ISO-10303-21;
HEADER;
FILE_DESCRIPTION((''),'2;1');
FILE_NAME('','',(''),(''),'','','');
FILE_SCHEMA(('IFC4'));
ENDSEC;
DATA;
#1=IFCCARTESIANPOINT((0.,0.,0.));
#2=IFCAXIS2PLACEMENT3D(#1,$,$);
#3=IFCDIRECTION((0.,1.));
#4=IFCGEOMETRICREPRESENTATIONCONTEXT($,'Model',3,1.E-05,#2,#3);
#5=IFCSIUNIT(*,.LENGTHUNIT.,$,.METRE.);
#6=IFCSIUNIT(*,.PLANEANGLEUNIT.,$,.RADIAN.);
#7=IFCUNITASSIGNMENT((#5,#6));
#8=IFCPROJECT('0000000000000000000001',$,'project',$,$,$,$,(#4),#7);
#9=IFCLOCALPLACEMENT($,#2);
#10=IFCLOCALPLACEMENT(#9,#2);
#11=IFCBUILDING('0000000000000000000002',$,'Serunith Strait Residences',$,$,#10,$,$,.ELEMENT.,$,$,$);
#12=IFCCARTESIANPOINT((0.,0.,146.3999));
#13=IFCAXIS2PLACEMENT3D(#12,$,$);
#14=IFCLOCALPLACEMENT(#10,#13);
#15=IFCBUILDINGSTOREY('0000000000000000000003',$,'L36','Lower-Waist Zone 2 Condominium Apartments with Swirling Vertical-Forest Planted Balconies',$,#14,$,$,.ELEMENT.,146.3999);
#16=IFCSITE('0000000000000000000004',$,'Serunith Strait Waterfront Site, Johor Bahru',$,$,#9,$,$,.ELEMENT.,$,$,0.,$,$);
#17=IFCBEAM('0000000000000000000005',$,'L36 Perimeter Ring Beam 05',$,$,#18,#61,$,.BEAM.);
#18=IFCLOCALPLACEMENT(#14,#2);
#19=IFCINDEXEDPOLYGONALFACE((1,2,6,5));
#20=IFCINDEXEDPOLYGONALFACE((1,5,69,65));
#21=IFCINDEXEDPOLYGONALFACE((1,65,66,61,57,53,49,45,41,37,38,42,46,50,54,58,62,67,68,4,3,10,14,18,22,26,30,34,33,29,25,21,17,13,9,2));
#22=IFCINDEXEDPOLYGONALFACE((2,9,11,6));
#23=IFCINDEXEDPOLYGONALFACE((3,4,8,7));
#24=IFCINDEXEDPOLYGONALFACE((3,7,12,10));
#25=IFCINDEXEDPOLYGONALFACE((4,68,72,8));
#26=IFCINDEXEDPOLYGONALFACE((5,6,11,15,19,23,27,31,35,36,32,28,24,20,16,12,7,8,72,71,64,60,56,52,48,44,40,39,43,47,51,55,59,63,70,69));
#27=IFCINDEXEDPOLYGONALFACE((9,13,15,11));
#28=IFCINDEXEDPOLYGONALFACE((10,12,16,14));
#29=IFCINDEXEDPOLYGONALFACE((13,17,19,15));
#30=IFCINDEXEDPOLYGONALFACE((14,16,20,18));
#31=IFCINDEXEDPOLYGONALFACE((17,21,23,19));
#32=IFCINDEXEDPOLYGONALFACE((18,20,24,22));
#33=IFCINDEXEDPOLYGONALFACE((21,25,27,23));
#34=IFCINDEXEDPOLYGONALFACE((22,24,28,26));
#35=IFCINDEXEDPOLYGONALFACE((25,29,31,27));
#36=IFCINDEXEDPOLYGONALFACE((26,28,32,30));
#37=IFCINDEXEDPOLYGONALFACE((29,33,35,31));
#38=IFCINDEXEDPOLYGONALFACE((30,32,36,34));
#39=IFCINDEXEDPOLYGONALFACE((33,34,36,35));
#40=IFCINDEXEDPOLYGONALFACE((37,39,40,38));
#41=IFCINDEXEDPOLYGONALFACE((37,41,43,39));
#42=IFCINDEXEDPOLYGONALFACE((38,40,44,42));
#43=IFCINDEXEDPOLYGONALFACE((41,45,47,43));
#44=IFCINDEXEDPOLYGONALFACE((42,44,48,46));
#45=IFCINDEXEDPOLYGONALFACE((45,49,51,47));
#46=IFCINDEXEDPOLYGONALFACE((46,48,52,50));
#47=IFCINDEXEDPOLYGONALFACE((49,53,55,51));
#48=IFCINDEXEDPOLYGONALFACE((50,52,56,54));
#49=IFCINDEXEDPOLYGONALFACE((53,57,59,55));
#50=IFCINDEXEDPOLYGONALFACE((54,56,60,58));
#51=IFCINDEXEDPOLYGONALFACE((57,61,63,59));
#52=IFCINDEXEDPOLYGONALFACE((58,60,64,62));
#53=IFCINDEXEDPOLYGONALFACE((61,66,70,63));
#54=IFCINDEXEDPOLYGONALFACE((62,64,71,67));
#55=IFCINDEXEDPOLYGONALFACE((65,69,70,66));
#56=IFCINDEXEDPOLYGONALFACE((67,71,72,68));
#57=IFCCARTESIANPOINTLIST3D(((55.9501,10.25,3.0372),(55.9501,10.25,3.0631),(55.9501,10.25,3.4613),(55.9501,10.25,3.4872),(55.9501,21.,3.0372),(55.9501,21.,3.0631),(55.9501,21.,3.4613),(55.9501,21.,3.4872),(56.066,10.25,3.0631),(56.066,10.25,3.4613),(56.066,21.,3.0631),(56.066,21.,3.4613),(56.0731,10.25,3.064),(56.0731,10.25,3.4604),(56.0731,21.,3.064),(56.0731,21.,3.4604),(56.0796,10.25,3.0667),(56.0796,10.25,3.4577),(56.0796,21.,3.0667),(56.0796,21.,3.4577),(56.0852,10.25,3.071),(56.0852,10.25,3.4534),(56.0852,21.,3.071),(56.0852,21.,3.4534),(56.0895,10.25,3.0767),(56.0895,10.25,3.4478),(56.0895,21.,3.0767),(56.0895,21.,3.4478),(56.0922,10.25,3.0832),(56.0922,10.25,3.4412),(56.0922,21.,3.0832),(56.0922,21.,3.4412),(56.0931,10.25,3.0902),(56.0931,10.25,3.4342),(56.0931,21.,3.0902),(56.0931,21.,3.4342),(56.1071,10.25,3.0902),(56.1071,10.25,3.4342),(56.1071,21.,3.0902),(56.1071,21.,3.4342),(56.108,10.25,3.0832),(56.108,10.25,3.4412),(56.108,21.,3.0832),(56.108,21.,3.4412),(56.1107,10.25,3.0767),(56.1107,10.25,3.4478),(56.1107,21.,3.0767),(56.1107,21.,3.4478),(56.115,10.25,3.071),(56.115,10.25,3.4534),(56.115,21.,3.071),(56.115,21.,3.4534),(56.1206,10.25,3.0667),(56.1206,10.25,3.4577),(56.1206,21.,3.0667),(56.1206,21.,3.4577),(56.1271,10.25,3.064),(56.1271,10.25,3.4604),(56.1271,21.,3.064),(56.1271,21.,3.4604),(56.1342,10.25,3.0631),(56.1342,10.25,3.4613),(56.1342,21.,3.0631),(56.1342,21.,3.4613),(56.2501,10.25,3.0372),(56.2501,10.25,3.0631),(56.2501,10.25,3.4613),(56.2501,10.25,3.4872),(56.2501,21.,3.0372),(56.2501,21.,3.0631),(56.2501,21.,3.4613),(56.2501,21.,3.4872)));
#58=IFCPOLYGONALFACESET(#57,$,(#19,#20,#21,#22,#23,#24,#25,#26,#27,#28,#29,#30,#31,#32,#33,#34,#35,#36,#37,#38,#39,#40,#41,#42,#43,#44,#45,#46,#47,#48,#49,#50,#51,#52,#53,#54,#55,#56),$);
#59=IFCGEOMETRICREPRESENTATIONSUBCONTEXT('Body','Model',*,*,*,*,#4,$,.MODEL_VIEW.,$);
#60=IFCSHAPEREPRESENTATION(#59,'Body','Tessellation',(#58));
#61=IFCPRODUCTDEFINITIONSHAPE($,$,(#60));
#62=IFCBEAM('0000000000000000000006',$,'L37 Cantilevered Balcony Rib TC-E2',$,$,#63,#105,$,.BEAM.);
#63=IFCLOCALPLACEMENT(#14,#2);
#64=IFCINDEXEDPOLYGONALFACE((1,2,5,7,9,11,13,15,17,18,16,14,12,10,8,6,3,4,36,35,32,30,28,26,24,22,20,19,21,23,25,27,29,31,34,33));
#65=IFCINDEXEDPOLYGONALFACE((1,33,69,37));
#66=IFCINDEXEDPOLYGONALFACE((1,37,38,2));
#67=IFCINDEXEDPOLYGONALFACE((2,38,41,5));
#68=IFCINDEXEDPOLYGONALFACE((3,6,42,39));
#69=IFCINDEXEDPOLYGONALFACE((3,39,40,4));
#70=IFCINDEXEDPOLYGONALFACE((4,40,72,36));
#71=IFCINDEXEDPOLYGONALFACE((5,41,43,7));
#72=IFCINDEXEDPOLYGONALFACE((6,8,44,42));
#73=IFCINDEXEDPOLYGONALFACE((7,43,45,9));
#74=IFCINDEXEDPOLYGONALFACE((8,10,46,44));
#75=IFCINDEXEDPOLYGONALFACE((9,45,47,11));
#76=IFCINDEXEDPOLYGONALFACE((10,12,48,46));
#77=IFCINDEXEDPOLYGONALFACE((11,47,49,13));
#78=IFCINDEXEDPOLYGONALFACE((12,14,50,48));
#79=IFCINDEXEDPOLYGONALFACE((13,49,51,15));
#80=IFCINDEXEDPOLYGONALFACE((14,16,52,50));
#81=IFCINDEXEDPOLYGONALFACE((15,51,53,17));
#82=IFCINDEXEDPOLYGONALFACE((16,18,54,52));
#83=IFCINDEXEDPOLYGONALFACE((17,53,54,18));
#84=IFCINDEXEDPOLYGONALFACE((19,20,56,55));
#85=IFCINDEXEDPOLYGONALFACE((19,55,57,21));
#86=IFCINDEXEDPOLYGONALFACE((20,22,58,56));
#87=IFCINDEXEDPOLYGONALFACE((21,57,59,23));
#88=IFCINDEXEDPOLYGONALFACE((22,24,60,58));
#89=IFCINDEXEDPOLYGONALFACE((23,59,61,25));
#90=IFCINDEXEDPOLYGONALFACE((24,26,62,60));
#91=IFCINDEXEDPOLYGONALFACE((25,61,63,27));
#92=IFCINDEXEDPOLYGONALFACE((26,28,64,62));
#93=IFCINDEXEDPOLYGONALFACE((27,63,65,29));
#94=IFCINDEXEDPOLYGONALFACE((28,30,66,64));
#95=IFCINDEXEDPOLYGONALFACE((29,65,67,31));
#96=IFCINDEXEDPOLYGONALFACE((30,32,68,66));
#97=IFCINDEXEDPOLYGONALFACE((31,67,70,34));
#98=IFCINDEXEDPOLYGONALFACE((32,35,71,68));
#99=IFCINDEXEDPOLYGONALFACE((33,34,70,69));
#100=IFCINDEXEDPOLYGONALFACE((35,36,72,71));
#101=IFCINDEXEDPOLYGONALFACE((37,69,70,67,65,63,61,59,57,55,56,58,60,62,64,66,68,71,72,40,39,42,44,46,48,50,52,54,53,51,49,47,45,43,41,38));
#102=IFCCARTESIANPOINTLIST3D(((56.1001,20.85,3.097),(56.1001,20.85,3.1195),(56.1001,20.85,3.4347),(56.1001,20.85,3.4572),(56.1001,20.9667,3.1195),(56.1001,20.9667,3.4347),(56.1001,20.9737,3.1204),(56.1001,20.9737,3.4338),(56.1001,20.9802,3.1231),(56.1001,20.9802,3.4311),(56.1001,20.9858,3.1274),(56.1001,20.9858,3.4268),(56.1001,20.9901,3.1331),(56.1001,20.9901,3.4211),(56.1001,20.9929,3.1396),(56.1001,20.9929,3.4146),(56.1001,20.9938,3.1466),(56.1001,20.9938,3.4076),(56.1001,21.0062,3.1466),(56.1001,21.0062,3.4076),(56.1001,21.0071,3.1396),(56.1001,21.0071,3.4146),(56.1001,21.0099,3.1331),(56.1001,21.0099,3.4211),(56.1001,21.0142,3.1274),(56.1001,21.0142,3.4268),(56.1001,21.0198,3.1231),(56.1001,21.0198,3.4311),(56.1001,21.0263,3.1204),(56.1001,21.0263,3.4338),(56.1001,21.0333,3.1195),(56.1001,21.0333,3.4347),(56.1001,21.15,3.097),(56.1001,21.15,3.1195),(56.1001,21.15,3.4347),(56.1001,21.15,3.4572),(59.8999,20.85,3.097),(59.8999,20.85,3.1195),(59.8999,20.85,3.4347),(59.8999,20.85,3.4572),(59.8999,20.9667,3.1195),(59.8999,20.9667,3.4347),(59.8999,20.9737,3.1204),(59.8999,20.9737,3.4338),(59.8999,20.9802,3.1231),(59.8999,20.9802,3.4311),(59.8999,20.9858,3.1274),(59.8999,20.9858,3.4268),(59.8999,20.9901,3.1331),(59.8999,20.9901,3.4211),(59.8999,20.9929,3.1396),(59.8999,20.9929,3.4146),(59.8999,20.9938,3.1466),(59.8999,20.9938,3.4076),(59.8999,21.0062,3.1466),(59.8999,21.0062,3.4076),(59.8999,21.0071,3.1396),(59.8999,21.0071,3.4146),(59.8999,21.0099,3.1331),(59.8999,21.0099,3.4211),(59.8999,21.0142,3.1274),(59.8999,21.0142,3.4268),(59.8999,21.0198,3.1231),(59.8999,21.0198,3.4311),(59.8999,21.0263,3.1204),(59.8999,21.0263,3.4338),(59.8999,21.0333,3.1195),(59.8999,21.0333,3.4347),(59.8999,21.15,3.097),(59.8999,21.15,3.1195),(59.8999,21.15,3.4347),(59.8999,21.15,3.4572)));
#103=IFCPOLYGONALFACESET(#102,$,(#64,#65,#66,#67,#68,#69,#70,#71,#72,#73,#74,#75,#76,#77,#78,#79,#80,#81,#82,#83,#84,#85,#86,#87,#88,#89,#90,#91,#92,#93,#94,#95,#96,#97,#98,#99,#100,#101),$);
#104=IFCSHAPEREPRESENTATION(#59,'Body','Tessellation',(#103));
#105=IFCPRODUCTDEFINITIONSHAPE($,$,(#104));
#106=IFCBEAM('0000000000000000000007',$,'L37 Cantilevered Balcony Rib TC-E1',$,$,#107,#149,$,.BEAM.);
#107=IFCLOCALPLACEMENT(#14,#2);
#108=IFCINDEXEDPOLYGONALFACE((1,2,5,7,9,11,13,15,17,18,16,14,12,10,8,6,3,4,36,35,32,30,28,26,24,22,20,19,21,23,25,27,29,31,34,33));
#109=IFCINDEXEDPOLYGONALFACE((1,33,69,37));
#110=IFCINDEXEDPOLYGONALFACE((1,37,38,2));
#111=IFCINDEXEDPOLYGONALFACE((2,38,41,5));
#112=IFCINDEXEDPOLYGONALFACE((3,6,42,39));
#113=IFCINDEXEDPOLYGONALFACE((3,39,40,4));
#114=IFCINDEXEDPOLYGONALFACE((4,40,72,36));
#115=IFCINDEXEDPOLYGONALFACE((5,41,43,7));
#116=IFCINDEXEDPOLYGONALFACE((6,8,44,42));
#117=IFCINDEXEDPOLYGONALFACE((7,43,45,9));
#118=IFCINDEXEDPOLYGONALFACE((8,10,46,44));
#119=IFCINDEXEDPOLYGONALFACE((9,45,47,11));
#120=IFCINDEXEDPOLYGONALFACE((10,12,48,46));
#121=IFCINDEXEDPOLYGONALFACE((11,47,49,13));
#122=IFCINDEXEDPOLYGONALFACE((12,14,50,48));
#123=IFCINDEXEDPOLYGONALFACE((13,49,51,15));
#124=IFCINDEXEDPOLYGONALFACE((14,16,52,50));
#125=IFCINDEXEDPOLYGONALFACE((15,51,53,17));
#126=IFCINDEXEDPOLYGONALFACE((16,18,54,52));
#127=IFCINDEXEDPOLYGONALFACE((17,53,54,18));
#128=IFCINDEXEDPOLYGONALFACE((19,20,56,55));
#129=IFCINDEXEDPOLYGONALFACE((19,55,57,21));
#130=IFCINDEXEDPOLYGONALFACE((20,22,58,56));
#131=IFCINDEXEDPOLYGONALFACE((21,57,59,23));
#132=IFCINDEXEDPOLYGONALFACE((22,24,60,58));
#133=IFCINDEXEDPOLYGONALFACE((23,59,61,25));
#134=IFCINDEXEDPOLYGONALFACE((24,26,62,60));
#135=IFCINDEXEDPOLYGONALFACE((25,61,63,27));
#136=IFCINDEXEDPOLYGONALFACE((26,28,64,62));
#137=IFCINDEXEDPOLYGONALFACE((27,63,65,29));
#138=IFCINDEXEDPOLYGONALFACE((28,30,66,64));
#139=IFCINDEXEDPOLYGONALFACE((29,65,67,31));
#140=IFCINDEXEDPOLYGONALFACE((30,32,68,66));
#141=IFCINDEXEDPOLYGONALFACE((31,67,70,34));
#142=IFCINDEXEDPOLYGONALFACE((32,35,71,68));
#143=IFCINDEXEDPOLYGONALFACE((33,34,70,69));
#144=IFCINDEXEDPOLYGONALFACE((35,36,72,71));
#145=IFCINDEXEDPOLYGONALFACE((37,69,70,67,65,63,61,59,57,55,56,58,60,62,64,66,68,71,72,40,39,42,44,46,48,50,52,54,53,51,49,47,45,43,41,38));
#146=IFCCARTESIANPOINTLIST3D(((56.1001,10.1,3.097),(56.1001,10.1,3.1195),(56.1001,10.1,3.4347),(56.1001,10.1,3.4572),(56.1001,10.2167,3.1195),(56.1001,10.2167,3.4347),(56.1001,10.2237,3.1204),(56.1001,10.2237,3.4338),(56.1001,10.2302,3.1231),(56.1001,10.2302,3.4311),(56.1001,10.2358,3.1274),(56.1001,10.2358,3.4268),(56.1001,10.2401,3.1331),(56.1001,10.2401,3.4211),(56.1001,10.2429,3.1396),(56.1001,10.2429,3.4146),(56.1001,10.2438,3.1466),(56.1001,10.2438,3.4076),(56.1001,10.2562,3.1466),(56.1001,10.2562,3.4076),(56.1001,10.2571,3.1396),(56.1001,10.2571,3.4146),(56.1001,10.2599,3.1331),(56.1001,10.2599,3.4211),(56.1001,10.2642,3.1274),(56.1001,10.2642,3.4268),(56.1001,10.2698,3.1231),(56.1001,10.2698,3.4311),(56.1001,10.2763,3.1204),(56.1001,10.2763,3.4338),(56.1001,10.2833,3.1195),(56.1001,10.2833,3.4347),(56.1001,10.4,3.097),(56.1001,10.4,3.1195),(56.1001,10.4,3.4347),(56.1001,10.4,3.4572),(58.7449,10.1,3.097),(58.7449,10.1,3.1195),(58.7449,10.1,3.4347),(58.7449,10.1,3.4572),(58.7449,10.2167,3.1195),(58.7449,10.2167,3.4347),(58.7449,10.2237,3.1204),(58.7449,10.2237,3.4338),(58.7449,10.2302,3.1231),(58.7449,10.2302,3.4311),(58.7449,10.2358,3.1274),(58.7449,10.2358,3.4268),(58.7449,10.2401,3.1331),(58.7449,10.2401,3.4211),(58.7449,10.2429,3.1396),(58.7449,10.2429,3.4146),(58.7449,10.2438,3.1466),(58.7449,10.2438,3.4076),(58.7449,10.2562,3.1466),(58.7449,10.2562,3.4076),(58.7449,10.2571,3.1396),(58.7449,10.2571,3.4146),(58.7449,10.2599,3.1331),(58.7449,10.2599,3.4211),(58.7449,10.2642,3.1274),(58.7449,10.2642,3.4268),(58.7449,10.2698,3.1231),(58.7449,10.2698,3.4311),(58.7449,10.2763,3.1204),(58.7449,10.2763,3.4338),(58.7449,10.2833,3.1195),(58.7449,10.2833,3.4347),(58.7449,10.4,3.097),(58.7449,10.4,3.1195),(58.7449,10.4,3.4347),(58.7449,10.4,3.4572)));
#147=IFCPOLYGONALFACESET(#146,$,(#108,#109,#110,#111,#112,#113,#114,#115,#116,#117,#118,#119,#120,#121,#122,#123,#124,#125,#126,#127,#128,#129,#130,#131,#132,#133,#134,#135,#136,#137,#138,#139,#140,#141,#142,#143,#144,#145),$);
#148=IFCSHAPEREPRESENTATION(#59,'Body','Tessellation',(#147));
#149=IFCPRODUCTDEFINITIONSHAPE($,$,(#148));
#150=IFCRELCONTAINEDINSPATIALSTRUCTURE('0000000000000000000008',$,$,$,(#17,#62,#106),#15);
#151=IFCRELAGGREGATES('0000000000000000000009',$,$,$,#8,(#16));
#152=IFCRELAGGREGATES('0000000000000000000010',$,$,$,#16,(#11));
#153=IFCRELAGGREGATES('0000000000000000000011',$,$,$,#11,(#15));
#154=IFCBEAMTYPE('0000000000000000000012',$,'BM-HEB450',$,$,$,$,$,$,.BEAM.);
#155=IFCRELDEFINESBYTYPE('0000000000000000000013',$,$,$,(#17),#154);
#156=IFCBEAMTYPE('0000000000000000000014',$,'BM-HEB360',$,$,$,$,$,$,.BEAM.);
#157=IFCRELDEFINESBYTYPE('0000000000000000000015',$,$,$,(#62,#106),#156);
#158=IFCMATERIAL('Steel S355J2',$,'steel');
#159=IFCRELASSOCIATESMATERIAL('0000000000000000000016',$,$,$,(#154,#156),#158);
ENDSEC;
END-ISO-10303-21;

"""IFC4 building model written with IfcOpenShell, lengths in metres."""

from ifc_helpers import new_model, si_unit, direction, frame, origin, origin_2d, place, context, subcontext, project, spatial, i_section, extrude, source, transform, mapped, material, material_profile, profile_set, type_object, element, save


model = new_model("IFC4")

# Units and contexts
model_context = context("Model", 3, precision=1e-05, world=origin(), true_north=direction((0.0, 1.0)))
body_context = subcontext(model_context, "Body", "Model", "MODEL_VIEW")
ifc_project = project(units=[si_unit("LENGTHUNIT", "METRE"), si_unit("PLANEANGLEUNIT", "RADIAN")], contexts=[model_context])

# Site, building, storey
site_placement = place(None, origin())
site = spatial("IfcSite", under=ifc_project, at=site_placement, Name="Serunith Strait Waterfront Site, Johor Bahru", CompositionType="ELEMENT", RefElevation=0.0)
building_placement = place(site_placement, origin())
building = spatial("IfcBuilding", under=site, at=building_placement, Name="Serunith Strait Residences", CompositionType="ELEMENT")
storey_placement = place(building_placement, frame((0.0, 0.0, 146.3999)))
storey = spatial("IfcBuildingStorey", under=building, at=storey_placement, Name="L36", Description="Lower-Waist Zone 2 Condominium Apartments with Swirling Vertical-Forest Planted Balconies", CompositionType="ELEMENT", Elevation=146.3999)

# Beams
ifc_material_1 = material(Name="Steel S355J2", Category="steel")
ifc_material_profile_1 = material_profile(ifc_material_1, i_section(OverallWidth=0.3, OverallDepth=0.45, WebThickness=0.0139, FlangeThickness=0.0259, FilletRadius=0.0271, at=origin_2d()), Name="HEB 450")
ifc_profile_set_1 = profile_set([ifc_material_profile_1], Name="Steel S355J2")
beam_type_1 = type_object("IfcBeamType", Name="BM-HEB450", PredefinedType="BEAM", material=ifc_profile_set_1)
shared_shape_1 = source(origin(), body_context, "Body", "SweptSolid", [
    extrude(i_section(OverallWidth=0.3, OverallDepth=0.45, WebThickness=0.0139, FlangeThickness=0.0259, FilletRadius=0.0271, at=origin_2d()), origin(), (0.0, 0.0, 1.0), 10.75),
])
beam_1_placement = place(storey_placement, frame((56.1001, 10.25, 3.2622), z_axis=(0.0, 1.0, 0.0), x_axis=(-1.0, 0.0, 0.0)))
element("IfcBeam", 1, at=beam_1_placement, inside=storey, type_object=beam_type_1, Name="L36 Perimeter Ring Beam 05", PredefinedType="BEAM", context=body_context, shape_type="MappedRepresentation", body=[
    mapped(shared_shape_1, transform((0.0, 0.0, 0.0), scale=1.0)),
])
ifc_material_profile_2 = material_profile(ifc_material_1, i_section(OverallWidth=0.3, OverallDepth=0.3601, WebThickness=0.0125, FlangeThickness=0.0225, FilletRadius=0.0271, at=origin_2d()), Name="HEB 360")
ifc_profile_set_2 = profile_set([ifc_material_profile_2], Name="Steel S355J2")
beam_type_2 = type_object("IfcBeamType", Name="BM-HEB360", PredefinedType="BEAM", material=ifc_profile_set_2)
shared_shape_2 = source(origin(), body_context, "Body", "SweptSolid", [
    extrude(i_section(OverallWidth=0.3, OverallDepth=0.3601, WebThickness=0.0125, FlangeThickness=0.0225, FilletRadius=0.0271, at=origin_2d()), origin(), (0.0, 0.0, 1.0), 3.7998),
])
beam_2_placement = place(storey_placement, frame((56.1001, 21.0, 3.2771), z_axis=(1.0, 0.0, 0.0), x_axis=(0.0, 1.0, 0.0)))
element("IfcBeam", 2, at=beam_2_placement, inside=storey, type_object=beam_type_2, Name="L37 Cantilevered Balcony Rib TC-E2", PredefinedType="BEAM", context=body_context, shape_type="MappedRepresentation", body=[
    mapped(shared_shape_2, transform((0.0, 0.0, 0.0), scale=1.0)),
])
shared_shape_3 = source(origin(), body_context, "Body", "SweptSolid", [
    extrude(i_section(OverallWidth=0.3, OverallDepth=0.3601, WebThickness=0.0125, FlangeThickness=0.0225, FilletRadius=0.0271, at=origin_2d()), origin(), (0.0, 0.0, 1.0), 2.6448),
])
beam_3_placement = place(storey_placement, frame((56.1001, 10.25, 3.2771), z_axis=(1.0, 0.0, 0.0), x_axis=(0.0, 1.0, 0.0)))
element("IfcBeam", 3, at=beam_3_placement, inside=storey, type_object=beam_type_2, Name="L37 Cantilevered Balcony Rib TC-E1", PredefinedType="BEAM", context=body_context, shape_type="MappedRepresentation", body=[
    mapped(shared_shape_3, transform((0.0, 0.0, 0.0), scale=1.0)),
])

save(model, "model.ifc")
